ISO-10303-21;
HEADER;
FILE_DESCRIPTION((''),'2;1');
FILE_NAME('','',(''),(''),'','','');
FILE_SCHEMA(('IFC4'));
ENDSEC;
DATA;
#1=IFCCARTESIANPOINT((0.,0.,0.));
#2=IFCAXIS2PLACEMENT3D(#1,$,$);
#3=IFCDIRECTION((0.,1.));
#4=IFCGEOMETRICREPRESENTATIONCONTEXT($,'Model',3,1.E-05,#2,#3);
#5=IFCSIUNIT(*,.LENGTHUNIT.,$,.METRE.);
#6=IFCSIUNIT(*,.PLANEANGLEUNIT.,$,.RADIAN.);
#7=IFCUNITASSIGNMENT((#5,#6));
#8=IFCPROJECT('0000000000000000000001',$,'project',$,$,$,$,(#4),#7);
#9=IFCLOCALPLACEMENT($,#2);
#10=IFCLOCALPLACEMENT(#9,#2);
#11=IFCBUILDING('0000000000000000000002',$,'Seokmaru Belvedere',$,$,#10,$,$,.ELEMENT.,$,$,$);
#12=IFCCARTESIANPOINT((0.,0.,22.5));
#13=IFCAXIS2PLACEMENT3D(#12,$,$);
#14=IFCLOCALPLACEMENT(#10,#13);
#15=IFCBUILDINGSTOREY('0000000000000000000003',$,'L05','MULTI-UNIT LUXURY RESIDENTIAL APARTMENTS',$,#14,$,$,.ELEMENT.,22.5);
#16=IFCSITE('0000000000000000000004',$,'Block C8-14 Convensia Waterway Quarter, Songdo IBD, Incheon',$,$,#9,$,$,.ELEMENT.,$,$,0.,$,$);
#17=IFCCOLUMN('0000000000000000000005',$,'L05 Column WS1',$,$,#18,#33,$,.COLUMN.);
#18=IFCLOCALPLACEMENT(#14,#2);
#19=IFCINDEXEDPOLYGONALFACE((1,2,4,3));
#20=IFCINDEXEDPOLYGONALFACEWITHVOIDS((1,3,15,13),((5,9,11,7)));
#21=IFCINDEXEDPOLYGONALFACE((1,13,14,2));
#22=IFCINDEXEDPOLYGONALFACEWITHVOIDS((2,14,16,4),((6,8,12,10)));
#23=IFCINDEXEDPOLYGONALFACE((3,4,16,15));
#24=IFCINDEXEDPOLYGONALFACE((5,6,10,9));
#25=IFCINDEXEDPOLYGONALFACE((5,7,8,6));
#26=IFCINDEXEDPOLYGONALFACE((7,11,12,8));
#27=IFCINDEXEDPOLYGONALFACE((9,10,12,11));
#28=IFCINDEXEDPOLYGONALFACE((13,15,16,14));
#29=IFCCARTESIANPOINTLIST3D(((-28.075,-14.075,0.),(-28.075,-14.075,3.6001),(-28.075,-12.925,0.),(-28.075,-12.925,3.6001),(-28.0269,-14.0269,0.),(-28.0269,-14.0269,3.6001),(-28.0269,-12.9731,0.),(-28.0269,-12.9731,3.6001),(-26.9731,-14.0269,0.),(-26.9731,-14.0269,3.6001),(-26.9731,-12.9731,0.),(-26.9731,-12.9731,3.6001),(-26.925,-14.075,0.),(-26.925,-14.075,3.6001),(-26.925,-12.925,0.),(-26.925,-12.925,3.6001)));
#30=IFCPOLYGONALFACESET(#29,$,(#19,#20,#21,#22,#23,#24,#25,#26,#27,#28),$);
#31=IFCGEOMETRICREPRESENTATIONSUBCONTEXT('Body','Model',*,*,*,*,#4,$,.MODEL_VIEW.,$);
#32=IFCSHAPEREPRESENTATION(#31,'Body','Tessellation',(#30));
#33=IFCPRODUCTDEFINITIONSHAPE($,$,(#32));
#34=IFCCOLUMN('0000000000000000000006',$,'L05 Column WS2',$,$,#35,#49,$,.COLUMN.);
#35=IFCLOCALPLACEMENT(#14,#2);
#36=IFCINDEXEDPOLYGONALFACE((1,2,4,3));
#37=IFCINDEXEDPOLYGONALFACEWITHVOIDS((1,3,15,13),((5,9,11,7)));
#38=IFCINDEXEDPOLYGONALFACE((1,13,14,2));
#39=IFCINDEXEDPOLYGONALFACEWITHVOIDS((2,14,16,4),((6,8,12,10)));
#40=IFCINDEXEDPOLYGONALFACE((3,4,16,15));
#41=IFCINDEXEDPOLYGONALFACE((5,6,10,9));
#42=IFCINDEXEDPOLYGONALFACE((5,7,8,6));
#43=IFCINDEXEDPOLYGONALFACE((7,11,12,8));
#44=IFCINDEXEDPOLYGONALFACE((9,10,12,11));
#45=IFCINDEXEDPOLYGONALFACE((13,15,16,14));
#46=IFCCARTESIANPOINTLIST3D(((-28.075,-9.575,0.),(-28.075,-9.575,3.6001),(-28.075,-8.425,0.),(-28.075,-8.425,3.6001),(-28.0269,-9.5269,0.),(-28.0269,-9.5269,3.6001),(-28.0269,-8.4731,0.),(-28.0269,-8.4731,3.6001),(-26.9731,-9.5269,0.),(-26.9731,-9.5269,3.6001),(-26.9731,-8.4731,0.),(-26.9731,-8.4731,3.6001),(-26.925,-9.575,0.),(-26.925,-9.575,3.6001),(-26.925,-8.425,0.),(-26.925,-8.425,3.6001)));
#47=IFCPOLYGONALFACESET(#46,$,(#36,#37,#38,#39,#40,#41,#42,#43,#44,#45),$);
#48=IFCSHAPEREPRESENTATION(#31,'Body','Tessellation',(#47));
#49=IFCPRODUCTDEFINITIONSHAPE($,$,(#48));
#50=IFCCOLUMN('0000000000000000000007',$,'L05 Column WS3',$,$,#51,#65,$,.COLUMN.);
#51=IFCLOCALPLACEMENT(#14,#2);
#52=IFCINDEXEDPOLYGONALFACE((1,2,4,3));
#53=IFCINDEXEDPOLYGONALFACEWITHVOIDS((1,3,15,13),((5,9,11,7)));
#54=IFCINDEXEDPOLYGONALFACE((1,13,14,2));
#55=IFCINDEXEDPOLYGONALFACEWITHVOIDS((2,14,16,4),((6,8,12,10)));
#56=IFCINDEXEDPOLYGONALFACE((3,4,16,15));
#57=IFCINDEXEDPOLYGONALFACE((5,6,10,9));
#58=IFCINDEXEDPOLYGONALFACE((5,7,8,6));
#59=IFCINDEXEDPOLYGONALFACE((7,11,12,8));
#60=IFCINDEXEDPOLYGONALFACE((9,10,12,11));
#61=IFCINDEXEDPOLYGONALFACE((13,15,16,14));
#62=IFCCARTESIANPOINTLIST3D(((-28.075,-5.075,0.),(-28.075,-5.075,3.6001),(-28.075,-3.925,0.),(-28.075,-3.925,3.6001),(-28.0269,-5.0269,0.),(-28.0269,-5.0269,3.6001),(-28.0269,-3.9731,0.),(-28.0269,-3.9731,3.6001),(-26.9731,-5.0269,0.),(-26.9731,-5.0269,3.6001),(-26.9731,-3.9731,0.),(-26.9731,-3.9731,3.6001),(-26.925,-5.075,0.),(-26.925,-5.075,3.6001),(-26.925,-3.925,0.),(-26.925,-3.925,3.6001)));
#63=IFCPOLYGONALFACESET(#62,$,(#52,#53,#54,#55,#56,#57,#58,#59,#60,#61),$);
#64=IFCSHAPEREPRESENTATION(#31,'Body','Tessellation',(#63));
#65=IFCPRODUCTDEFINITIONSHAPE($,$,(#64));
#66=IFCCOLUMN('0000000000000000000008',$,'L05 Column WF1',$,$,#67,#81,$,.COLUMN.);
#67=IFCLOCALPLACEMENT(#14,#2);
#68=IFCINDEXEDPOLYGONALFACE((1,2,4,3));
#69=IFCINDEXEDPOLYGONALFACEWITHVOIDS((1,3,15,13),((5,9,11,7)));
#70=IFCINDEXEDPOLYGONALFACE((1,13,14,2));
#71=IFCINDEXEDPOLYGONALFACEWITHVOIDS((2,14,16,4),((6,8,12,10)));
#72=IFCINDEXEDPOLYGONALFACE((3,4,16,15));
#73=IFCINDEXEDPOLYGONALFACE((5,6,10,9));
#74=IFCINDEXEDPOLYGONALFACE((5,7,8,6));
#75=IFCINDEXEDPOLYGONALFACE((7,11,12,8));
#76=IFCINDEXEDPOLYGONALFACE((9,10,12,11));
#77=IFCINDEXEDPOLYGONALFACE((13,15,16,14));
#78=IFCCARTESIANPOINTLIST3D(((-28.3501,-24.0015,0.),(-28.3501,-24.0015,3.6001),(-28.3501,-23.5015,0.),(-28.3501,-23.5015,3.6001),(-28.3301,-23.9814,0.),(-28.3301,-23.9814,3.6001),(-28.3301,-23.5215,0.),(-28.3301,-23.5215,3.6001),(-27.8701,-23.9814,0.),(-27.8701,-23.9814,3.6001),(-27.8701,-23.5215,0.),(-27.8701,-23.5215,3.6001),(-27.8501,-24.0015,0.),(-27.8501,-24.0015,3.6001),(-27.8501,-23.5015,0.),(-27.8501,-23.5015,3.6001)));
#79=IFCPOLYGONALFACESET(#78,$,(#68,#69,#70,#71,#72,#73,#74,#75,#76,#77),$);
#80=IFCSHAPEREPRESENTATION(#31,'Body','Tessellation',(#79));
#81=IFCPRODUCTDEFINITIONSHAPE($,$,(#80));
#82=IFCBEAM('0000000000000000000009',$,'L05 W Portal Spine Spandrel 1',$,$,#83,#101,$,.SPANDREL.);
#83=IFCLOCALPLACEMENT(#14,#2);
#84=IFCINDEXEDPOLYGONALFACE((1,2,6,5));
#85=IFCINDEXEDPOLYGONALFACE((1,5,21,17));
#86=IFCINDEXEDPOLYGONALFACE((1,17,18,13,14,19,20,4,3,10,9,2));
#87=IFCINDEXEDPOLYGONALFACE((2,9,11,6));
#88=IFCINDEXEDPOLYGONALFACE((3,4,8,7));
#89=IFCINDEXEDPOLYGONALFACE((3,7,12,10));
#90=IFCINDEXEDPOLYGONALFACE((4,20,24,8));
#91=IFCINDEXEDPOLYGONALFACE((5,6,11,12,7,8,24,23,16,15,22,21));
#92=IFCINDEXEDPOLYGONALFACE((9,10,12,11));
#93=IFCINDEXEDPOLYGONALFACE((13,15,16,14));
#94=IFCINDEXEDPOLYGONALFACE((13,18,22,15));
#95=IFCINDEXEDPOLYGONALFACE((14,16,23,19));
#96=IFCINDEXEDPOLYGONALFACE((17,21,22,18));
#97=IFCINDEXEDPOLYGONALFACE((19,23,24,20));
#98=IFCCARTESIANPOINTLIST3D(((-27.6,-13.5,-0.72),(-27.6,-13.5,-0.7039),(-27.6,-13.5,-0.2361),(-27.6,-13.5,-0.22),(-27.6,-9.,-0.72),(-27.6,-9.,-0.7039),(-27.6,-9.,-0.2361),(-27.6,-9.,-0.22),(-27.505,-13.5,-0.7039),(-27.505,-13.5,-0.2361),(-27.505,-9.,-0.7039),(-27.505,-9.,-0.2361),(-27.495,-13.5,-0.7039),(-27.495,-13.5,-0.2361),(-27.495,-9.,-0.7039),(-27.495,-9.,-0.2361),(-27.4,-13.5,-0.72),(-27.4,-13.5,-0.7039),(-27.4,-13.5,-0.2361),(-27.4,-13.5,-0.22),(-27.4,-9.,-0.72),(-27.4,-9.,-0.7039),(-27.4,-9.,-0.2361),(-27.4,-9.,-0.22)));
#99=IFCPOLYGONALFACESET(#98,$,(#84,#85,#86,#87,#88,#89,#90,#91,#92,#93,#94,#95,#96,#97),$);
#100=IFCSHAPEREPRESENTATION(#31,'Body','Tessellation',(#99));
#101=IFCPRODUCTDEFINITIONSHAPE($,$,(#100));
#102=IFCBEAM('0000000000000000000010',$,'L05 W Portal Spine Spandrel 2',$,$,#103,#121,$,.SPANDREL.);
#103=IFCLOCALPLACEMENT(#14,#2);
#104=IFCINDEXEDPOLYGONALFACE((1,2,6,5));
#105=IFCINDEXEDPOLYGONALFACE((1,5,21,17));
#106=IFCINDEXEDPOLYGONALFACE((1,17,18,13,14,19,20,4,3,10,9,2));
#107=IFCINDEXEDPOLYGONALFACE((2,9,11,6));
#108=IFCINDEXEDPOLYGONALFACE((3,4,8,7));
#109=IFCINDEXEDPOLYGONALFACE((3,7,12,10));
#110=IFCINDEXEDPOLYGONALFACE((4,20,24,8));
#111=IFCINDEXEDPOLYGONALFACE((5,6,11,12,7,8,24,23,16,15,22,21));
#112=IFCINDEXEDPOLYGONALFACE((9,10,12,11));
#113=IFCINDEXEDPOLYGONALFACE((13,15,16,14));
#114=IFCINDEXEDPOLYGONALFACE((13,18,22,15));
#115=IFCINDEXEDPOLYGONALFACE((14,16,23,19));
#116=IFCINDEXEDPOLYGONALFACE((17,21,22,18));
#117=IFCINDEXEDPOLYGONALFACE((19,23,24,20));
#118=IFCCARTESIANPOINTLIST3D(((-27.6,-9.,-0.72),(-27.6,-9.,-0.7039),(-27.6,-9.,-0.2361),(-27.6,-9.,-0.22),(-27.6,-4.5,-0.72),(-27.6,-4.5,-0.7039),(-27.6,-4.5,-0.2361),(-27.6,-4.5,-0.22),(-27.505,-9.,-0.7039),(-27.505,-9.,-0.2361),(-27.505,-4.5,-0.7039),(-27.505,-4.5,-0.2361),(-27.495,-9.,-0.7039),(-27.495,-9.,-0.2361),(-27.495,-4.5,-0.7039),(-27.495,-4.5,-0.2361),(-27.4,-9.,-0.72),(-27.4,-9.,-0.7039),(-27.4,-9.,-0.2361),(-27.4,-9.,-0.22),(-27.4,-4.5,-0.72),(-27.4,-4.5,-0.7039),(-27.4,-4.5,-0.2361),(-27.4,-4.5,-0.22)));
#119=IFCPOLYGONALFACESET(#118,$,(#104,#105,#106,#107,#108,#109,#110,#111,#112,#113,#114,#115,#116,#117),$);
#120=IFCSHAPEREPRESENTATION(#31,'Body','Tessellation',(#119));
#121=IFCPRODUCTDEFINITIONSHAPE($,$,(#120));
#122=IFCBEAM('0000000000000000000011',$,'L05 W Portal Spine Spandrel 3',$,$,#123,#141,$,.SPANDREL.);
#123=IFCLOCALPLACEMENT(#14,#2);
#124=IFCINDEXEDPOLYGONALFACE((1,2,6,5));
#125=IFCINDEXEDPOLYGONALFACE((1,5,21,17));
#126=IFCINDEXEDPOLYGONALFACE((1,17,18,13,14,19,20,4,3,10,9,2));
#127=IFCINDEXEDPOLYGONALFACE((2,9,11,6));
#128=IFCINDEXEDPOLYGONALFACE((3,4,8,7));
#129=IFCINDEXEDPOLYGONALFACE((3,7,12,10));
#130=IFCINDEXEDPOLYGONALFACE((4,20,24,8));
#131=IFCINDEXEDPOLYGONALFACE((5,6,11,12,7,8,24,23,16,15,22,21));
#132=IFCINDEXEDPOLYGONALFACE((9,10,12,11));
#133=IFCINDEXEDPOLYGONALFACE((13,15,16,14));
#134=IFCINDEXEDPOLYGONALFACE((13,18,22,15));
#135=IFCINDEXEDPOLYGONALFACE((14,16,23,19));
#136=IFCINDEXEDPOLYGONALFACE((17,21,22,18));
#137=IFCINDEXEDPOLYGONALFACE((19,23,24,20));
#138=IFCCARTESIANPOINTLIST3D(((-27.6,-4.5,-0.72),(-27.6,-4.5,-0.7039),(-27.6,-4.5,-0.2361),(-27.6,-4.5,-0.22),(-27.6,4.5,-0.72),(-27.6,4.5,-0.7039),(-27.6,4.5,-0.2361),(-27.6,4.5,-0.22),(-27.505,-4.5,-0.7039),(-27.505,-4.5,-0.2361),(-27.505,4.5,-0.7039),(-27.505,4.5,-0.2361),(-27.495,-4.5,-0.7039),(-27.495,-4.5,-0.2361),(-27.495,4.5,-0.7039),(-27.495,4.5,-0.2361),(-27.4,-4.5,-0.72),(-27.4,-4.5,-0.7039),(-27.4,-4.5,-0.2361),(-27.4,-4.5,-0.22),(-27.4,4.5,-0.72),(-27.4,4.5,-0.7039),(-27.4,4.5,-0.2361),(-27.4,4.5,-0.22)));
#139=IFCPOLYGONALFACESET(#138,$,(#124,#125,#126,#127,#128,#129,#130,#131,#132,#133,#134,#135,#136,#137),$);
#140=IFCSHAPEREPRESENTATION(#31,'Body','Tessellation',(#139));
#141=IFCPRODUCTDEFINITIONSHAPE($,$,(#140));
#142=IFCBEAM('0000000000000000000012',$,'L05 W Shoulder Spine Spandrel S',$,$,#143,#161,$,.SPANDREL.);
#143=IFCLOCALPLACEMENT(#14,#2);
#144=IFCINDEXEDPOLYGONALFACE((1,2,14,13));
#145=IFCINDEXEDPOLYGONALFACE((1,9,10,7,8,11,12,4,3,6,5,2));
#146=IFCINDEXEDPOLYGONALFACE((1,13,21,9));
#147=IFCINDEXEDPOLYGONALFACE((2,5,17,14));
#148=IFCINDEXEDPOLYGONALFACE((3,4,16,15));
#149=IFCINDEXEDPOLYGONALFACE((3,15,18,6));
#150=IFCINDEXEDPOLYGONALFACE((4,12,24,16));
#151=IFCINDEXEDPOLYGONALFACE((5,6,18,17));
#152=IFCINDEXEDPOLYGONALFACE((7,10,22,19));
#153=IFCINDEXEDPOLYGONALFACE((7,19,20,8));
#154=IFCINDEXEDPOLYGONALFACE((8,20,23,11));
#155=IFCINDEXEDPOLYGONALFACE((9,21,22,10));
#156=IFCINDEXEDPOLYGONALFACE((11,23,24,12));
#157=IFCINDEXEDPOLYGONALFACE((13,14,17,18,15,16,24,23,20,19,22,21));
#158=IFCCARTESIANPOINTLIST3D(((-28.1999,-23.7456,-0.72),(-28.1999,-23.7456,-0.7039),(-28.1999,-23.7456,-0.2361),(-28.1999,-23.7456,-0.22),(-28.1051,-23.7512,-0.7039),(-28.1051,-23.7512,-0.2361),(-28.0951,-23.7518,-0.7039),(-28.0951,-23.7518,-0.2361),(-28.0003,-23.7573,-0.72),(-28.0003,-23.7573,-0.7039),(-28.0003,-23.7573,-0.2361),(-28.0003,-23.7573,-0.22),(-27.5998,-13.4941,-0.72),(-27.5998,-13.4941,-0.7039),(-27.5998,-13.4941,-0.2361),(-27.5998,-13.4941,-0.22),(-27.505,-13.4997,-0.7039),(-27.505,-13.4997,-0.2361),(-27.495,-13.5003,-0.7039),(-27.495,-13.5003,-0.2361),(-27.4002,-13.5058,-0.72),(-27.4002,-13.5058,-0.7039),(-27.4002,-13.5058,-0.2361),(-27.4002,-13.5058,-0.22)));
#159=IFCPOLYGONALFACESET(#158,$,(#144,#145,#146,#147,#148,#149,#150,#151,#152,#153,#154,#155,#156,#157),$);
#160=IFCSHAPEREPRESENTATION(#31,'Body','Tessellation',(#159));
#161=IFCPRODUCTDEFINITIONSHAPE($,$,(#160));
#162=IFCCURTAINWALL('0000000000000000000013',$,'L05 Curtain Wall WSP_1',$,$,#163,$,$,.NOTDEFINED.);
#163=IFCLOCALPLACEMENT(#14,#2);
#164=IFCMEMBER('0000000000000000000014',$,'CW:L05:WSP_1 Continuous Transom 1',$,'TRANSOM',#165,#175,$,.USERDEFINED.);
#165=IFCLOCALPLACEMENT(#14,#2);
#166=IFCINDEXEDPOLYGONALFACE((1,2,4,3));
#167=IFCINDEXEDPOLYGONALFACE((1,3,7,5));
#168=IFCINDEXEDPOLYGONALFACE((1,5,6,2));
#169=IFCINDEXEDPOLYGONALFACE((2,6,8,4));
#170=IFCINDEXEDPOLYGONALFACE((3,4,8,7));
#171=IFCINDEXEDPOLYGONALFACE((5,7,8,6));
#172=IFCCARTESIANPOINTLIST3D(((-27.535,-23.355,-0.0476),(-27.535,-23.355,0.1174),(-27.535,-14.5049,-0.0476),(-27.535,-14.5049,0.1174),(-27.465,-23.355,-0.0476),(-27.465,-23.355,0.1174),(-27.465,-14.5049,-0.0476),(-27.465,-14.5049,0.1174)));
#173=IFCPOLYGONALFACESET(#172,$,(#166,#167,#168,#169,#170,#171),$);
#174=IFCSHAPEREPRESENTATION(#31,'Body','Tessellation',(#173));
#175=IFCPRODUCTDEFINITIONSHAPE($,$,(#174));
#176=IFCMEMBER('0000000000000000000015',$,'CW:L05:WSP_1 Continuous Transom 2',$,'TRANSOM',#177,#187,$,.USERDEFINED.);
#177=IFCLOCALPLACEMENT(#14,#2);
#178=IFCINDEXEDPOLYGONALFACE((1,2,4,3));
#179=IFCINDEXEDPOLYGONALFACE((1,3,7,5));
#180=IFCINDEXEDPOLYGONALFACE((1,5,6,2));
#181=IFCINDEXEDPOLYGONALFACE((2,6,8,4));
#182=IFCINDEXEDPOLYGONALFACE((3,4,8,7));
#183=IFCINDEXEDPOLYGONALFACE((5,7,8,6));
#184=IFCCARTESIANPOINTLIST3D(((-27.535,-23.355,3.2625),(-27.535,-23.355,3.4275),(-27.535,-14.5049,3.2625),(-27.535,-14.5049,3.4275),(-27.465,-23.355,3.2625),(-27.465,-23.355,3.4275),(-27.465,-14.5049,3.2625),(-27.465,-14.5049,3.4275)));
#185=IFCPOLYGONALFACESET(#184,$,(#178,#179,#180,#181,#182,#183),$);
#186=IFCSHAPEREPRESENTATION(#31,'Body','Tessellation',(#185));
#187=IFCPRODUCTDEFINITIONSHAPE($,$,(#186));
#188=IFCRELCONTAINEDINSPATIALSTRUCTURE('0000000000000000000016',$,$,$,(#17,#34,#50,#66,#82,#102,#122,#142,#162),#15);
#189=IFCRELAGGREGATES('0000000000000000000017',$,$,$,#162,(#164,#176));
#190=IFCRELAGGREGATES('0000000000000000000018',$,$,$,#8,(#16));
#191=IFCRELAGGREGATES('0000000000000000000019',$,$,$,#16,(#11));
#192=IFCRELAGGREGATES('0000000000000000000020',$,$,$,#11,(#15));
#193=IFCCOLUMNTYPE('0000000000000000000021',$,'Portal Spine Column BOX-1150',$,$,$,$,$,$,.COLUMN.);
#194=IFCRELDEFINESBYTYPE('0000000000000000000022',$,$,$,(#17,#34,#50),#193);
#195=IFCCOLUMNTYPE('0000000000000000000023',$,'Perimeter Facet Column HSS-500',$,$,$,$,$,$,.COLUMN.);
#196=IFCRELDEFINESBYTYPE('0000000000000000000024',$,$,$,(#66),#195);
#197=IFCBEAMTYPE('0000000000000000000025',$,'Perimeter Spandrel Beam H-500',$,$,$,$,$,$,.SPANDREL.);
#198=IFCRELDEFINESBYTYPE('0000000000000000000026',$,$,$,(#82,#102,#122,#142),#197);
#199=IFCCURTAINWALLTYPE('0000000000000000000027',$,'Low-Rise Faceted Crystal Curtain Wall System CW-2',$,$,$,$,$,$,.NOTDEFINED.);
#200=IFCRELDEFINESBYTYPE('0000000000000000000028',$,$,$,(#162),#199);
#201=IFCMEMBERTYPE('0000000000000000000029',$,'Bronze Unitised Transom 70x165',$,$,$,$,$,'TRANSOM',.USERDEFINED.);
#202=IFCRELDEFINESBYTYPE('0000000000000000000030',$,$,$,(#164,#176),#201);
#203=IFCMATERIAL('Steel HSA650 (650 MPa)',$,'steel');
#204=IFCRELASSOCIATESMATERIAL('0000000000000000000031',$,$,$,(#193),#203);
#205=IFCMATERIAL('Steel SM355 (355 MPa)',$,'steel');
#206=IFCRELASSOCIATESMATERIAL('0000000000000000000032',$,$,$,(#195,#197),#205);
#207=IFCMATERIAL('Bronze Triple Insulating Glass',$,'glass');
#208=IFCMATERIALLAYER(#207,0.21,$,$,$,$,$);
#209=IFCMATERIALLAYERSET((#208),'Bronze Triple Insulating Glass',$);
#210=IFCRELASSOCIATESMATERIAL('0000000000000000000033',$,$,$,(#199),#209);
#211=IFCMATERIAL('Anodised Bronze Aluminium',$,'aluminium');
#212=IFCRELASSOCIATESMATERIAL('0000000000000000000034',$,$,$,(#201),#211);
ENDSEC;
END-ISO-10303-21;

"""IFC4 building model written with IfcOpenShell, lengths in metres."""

from ifc_helpers import new_model, si_unit, direction, frame, origin, origin_2d, place, context, subcontext, project, spatial, rectangle, hollow_rectangle, i_section, extrude, source, transform, mapped, material, layer, layer_set, material_profile, profile_set, type_object, type_shapes, element, aggregate, save


model = new_model("IFC4")

# Units and contexts
model_context = context("Model", 3, precision=1e-05, world=origin(), true_north=direction((0.0, 1.0)))
body_context = subcontext(model_context, "Body", "Model", "MODEL_VIEW")
ifc_project = project(units=[si_unit("LENGTHUNIT", "METRE"), si_unit("PLANEANGLEUNIT", "RADIAN")], contexts=[model_context])

# Site, building, storey
site_placement = place(None, origin())
site = spatial("IfcSite", under=ifc_project, at=site_placement, Name="Block C8-14 Convensia Waterway Quarter, Songdo IBD, Incheon", CompositionType="ELEMENT", RefElevation=0.0)
building_placement = place(site_placement, origin())
building = spatial("IfcBuilding", under=site, at=building_placement, Name="Seokmaru Belvedere", CompositionType="ELEMENT")
storey_placement = place(building_placement, frame((0.0, 0.0, 22.5)))
storey = spatial("IfcBuildingStorey", under=building, at=storey_placement, Name="L05", Description="MULTI-UNIT LUXURY RESIDENTIAL APARTMENTS", CompositionType="ELEMENT", Elevation=22.5)

# Columns
ifc_material_1 = material(Name="Steel HSA650 (650 MPa)", Category="steel")
ifc_material_profile_1 = material_profile(ifc_material_1, hollow_rectangle(XDim=1.1499, YDim=1.1499, WallThickness=0.0481, at=origin_2d()), Name="BOX-1150x1150x48")
ifc_profile_set_1 = profile_set([ifc_material_profile_1], Name="Steel HSA650 (650 MPa)")
column_type_1 = type_object("IfcColumnType", Name="Portal Spine Column BOX-1150", PredefinedType="COLUMN", material=ifc_profile_set_1)
shared_shape_1 = source(origin(), body_context, "Body", "SweptSolid", [
    extrude(hollow_rectangle(XDim=1.1499, YDim=1.1499, WallThickness=0.0481, at=origin_2d()), origin(), (0.0, 0.0, 1.0), 3.6001),
])
type_shapes(column_type_1, [shared_shape_1])
for number, where, z_axis, x_axis, name in (
    (1, (-27.5, -13.5, 0.0), (0.0, 0.0, 1.0), (1.0, 0.0, 0.0), "L05 Column WS1"),
    (2, (-27.5, -9.0, 0.0), (0.0, 0.0, 1.0), (1.0, 0.0, 0.0), "L05 Column WS2"),
    (3, (-27.5, -4.5, 0.0), (0.0, 0.0, 1.0), (1.0, 0.0, 0.0), "L05 Column WS3"),
):
    element("IfcColumn", number, at=place(storey_placement, frame(where, z_axis=z_axis, x_axis=x_axis)), inside=storey, type_object=column_type_1, Name=name, PredefinedType="COLUMN", context=body_context, shape_type="MappedRepresentation", body=[
        mapped(shared_shape_1, transform((0.0, 0.0, 0.0), scale=1.0)),
    ])
ifc_material_2 = material(Name="Steel SM355 (355 MPa)", Category="steel")
ifc_material_profile_2 = material_profile(ifc_material_2, hollow_rectangle(XDim=0.5, YDim=0.5, WallThickness=0.02, at=origin_2d()), Name="HSS-500x500x20")
ifc_profile_set_2 = profile_set([ifc_material_profile_2], Name="Steel SM355 (355 MPa)")
column_type_2 = type_object("IfcColumnType", Name="Perimeter Facet Column HSS-500", PredefinedType="COLUMN", material=ifc_profile_set_2)
shared_shape_2 = source(origin(), body_context, "Body", "SweptSolid", [
    extrude(hollow_rectangle(XDim=0.5, YDim=0.5, WallThickness=0.02, at=origin_2d()), origin(), (0.0, 0.0, 1.0), 3.6001),
])
type_shapes(column_type_2, [shared_shape_2])
column_placement = place(storey_placement, frame((-28.1001, -23.7515, 0.0), z_axis=(0.0, 0.0, 1.0), x_axis=(1.0, 0.0, 0.0)))
element("IfcColumn", 4, at=column_placement, inside=storey, type_object=column_type_2, Name="L05 Column WF1", PredefinedType="COLUMN", context=body_context, shape_type="MappedRepresentation", body=[
    mapped(shared_shape_2, transform((0.0, 0.0, 0.0), scale=1.0)),
])

# Beams
ifc_material_profile_3 = material_profile(ifc_material_2, i_section(OverallWidth=0.2, OverallDepth=0.5, WebThickness=0.01, FlangeThickness=0.0161, at=origin_2d()), Name="H-500x200x10x16")
ifc_profile_set_3 = profile_set([ifc_material_profile_3], Name="Steel SM355 (355 MPa)")
beam_type = type_object("IfcBeamType", Name="Perimeter Spandrel Beam H-500", PredefinedType="SPANDREL", material=ifc_profile_set_3)
shared_shape_3 = source(origin(), body_context, "Body", "SweptSolid", [
    extrude(i_section(OverallWidth=0.2, OverallDepth=0.5, WebThickness=0.01, FlangeThickness=0.0161, at=origin_2d()), origin(), (0.0, 0.0, 1.0), 4.5),
])
for number, where, z_axis, x_axis, name in (
    (5, (-27.5, -13.5, -0.47), (0.0, 1.0, 0.0), (-1.0, 0.0, 0.0), "L05 W Portal Spine Spandrel 1"),
    (6, (-27.5, -9.0, -0.47), (0.0, 1.0, 0.0), (-1.0, 0.0, 0.0), "L05 W Portal Spine Spandrel 2"),
):
    element("IfcBeam", number, at=place(storey_placement, frame(where, z_axis=z_axis, x_axis=x_axis)), inside=storey, type_object=beam_type, Name=name, PredefinedType="SPANDREL", context=body_context, shape_type="MappedRepresentation", body=[
        mapped(shared_shape_3, transform((0.0, 0.0, 0.0), scale=1.0)),
    ])
shared_shape_4 = source(origin(), body_context, "Body", "SweptSolid", [
    extrude(i_section(OverallWidth=0.2, OverallDepth=0.5, WebThickness=0.01, FlangeThickness=0.0161, at=origin_2d()), origin(), (0.0, 0.0, 1.0), 9.0),
])
beam_1_placement = place(storey_placement, frame((-27.5, -4.5, -0.47), z_axis=(0.0, 1.0, 0.0), x_axis=(-1.0, 0.0, 0.0)))
element("IfcBeam", 7, at=beam_1_placement, inside=storey, type_object=beam_type, Name="L05 W Portal Spine Spandrel 3", PredefinedType="SPANDREL", context=body_context, shape_type="MappedRepresentation", body=[
    mapped(shared_shape_4, transform((0.0, 0.0, 0.0), scale=1.0)),
])
shared_shape_5 = source(origin(), body_context, "Body", "SweptSolid", [
    extrude(i_section(OverallWidth=0.2, OverallDepth=0.5, WebThickness=0.01, FlangeThickness=0.0161, at=origin_2d()), origin(), (0.0, 0.0, 1.0), 10.269),
])
type_shapes(beam_type, [shared_shape_3, shared_shape_4, shared_shape_5])
beam_2_placement = place(storey_placement, frame((-28.1001, -23.7515, -0.47), z_axis=(0.058438, 0.998291, 0.0), x_axis=(-0.998291, 0.058438, 0.0)))
element("IfcBeam", 8, at=beam_2_placement, inside=storey, type_object=beam_type, Name="L05 W Shoulder Spine Spandrel S", PredefinedType="SPANDREL", context=body_context, shape_type="MappedRepresentation", body=[
    mapped(shared_shape_5, transform((0.0, 0.0, 0.0), scale=1.0)),
])

# Curtain wall, members
ifc_material_3 = material(Name="Bronze Triple Insulating Glass", Category="glass")
ifc_layer_1 = layer(ifc_material_3, 0.21)
ifc_layer_set_1 = layer_set([ifc_layer_1], Name="Bronze Triple Insulating Glass")
curtain_wall_type = type_object("IfcCurtainWallType", Name="Low-Rise Faceted Crystal Curtain Wall System CW-2", PredefinedType="NOTDEFINED", material=ifc_layer_set_1)
curtain_wall_1_placement = place(storey_placement, origin())
curtain_wall_1 = element("IfcCurtainWall", 9, at=curtain_wall_1_placement, inside=storey, type_object=curtain_wall_type, Name="L05 Curtain Wall WSP_1", PredefinedType="NOTDEFINED")
ifc_material_4 = material(Name="Anodised Bronze Aluminium", Category="aluminium")
ifc_material_profile_4 = material_profile(ifc_material_4, rectangle(XDim=0.0701, YDim=0.165, at=origin_2d()), Name="CW-T-70x165")
ifc_profile_set_4 = profile_set([ifc_material_profile_4], Name="Anodised Bronze Aluminium")
member_type_1 = type_object("IfcMemberType", Name="Bronze Unitised Transom 70x165", ElementType="TRANSOM", PredefinedType="USERDEFINED", material=ifc_profile_set_4)
shared_shape_6 = source(origin(), body_context, "Body", "SweptSolid", [
    extrude(rectangle(XDim=0.0701, YDim=0.165, at=origin_2d()), origin(), (0.0, 0.0, 1.0), 8.8501),
])
member_1_placement = place(storey_placement, frame((-27.5, -23.355, 0.0349), z_axis=(0.0, 1.0, 0.0), x_axis=(-1.0, 0.0, 0.0)))
member_1 = element("IfcMember", 10, at=member_1_placement, type_object=member_type_1, Name="CW:L05:WSP_1 Continuous Transom 1", ObjectType="TRANSOM", PredefinedType="USERDEFINED", context=body_context, shape_type="MappedRepresentation", body=[
    mapped(shared_shape_6, transform((0.0, 0.0, 0.0), scale=1.0)),
])
member_2_placement = place(storey_placement, frame((-27.5, -23.355, 3.345), z_axis=(0.0, 1.0, 0.0), x_axis=(-1.0, 0.0, 0.0)))
member_2 = element("IfcMember", 11, at=member_2_placement, type_object=member_type_1, Name="CW:L05:WSP_1 Continuous Transom 2", ObjectType="TRANSOM", PredefinedType="USERDEFINED", context=body_context, shape_type="MappedRepresentation", body=[
    mapped(shared_shape_6, transform((0.0, 0.0, 0.0), scale=1.0)),
])

aggregate(curtain_wall_1, [member_1, member_2])

save(model, "model.ifc")
